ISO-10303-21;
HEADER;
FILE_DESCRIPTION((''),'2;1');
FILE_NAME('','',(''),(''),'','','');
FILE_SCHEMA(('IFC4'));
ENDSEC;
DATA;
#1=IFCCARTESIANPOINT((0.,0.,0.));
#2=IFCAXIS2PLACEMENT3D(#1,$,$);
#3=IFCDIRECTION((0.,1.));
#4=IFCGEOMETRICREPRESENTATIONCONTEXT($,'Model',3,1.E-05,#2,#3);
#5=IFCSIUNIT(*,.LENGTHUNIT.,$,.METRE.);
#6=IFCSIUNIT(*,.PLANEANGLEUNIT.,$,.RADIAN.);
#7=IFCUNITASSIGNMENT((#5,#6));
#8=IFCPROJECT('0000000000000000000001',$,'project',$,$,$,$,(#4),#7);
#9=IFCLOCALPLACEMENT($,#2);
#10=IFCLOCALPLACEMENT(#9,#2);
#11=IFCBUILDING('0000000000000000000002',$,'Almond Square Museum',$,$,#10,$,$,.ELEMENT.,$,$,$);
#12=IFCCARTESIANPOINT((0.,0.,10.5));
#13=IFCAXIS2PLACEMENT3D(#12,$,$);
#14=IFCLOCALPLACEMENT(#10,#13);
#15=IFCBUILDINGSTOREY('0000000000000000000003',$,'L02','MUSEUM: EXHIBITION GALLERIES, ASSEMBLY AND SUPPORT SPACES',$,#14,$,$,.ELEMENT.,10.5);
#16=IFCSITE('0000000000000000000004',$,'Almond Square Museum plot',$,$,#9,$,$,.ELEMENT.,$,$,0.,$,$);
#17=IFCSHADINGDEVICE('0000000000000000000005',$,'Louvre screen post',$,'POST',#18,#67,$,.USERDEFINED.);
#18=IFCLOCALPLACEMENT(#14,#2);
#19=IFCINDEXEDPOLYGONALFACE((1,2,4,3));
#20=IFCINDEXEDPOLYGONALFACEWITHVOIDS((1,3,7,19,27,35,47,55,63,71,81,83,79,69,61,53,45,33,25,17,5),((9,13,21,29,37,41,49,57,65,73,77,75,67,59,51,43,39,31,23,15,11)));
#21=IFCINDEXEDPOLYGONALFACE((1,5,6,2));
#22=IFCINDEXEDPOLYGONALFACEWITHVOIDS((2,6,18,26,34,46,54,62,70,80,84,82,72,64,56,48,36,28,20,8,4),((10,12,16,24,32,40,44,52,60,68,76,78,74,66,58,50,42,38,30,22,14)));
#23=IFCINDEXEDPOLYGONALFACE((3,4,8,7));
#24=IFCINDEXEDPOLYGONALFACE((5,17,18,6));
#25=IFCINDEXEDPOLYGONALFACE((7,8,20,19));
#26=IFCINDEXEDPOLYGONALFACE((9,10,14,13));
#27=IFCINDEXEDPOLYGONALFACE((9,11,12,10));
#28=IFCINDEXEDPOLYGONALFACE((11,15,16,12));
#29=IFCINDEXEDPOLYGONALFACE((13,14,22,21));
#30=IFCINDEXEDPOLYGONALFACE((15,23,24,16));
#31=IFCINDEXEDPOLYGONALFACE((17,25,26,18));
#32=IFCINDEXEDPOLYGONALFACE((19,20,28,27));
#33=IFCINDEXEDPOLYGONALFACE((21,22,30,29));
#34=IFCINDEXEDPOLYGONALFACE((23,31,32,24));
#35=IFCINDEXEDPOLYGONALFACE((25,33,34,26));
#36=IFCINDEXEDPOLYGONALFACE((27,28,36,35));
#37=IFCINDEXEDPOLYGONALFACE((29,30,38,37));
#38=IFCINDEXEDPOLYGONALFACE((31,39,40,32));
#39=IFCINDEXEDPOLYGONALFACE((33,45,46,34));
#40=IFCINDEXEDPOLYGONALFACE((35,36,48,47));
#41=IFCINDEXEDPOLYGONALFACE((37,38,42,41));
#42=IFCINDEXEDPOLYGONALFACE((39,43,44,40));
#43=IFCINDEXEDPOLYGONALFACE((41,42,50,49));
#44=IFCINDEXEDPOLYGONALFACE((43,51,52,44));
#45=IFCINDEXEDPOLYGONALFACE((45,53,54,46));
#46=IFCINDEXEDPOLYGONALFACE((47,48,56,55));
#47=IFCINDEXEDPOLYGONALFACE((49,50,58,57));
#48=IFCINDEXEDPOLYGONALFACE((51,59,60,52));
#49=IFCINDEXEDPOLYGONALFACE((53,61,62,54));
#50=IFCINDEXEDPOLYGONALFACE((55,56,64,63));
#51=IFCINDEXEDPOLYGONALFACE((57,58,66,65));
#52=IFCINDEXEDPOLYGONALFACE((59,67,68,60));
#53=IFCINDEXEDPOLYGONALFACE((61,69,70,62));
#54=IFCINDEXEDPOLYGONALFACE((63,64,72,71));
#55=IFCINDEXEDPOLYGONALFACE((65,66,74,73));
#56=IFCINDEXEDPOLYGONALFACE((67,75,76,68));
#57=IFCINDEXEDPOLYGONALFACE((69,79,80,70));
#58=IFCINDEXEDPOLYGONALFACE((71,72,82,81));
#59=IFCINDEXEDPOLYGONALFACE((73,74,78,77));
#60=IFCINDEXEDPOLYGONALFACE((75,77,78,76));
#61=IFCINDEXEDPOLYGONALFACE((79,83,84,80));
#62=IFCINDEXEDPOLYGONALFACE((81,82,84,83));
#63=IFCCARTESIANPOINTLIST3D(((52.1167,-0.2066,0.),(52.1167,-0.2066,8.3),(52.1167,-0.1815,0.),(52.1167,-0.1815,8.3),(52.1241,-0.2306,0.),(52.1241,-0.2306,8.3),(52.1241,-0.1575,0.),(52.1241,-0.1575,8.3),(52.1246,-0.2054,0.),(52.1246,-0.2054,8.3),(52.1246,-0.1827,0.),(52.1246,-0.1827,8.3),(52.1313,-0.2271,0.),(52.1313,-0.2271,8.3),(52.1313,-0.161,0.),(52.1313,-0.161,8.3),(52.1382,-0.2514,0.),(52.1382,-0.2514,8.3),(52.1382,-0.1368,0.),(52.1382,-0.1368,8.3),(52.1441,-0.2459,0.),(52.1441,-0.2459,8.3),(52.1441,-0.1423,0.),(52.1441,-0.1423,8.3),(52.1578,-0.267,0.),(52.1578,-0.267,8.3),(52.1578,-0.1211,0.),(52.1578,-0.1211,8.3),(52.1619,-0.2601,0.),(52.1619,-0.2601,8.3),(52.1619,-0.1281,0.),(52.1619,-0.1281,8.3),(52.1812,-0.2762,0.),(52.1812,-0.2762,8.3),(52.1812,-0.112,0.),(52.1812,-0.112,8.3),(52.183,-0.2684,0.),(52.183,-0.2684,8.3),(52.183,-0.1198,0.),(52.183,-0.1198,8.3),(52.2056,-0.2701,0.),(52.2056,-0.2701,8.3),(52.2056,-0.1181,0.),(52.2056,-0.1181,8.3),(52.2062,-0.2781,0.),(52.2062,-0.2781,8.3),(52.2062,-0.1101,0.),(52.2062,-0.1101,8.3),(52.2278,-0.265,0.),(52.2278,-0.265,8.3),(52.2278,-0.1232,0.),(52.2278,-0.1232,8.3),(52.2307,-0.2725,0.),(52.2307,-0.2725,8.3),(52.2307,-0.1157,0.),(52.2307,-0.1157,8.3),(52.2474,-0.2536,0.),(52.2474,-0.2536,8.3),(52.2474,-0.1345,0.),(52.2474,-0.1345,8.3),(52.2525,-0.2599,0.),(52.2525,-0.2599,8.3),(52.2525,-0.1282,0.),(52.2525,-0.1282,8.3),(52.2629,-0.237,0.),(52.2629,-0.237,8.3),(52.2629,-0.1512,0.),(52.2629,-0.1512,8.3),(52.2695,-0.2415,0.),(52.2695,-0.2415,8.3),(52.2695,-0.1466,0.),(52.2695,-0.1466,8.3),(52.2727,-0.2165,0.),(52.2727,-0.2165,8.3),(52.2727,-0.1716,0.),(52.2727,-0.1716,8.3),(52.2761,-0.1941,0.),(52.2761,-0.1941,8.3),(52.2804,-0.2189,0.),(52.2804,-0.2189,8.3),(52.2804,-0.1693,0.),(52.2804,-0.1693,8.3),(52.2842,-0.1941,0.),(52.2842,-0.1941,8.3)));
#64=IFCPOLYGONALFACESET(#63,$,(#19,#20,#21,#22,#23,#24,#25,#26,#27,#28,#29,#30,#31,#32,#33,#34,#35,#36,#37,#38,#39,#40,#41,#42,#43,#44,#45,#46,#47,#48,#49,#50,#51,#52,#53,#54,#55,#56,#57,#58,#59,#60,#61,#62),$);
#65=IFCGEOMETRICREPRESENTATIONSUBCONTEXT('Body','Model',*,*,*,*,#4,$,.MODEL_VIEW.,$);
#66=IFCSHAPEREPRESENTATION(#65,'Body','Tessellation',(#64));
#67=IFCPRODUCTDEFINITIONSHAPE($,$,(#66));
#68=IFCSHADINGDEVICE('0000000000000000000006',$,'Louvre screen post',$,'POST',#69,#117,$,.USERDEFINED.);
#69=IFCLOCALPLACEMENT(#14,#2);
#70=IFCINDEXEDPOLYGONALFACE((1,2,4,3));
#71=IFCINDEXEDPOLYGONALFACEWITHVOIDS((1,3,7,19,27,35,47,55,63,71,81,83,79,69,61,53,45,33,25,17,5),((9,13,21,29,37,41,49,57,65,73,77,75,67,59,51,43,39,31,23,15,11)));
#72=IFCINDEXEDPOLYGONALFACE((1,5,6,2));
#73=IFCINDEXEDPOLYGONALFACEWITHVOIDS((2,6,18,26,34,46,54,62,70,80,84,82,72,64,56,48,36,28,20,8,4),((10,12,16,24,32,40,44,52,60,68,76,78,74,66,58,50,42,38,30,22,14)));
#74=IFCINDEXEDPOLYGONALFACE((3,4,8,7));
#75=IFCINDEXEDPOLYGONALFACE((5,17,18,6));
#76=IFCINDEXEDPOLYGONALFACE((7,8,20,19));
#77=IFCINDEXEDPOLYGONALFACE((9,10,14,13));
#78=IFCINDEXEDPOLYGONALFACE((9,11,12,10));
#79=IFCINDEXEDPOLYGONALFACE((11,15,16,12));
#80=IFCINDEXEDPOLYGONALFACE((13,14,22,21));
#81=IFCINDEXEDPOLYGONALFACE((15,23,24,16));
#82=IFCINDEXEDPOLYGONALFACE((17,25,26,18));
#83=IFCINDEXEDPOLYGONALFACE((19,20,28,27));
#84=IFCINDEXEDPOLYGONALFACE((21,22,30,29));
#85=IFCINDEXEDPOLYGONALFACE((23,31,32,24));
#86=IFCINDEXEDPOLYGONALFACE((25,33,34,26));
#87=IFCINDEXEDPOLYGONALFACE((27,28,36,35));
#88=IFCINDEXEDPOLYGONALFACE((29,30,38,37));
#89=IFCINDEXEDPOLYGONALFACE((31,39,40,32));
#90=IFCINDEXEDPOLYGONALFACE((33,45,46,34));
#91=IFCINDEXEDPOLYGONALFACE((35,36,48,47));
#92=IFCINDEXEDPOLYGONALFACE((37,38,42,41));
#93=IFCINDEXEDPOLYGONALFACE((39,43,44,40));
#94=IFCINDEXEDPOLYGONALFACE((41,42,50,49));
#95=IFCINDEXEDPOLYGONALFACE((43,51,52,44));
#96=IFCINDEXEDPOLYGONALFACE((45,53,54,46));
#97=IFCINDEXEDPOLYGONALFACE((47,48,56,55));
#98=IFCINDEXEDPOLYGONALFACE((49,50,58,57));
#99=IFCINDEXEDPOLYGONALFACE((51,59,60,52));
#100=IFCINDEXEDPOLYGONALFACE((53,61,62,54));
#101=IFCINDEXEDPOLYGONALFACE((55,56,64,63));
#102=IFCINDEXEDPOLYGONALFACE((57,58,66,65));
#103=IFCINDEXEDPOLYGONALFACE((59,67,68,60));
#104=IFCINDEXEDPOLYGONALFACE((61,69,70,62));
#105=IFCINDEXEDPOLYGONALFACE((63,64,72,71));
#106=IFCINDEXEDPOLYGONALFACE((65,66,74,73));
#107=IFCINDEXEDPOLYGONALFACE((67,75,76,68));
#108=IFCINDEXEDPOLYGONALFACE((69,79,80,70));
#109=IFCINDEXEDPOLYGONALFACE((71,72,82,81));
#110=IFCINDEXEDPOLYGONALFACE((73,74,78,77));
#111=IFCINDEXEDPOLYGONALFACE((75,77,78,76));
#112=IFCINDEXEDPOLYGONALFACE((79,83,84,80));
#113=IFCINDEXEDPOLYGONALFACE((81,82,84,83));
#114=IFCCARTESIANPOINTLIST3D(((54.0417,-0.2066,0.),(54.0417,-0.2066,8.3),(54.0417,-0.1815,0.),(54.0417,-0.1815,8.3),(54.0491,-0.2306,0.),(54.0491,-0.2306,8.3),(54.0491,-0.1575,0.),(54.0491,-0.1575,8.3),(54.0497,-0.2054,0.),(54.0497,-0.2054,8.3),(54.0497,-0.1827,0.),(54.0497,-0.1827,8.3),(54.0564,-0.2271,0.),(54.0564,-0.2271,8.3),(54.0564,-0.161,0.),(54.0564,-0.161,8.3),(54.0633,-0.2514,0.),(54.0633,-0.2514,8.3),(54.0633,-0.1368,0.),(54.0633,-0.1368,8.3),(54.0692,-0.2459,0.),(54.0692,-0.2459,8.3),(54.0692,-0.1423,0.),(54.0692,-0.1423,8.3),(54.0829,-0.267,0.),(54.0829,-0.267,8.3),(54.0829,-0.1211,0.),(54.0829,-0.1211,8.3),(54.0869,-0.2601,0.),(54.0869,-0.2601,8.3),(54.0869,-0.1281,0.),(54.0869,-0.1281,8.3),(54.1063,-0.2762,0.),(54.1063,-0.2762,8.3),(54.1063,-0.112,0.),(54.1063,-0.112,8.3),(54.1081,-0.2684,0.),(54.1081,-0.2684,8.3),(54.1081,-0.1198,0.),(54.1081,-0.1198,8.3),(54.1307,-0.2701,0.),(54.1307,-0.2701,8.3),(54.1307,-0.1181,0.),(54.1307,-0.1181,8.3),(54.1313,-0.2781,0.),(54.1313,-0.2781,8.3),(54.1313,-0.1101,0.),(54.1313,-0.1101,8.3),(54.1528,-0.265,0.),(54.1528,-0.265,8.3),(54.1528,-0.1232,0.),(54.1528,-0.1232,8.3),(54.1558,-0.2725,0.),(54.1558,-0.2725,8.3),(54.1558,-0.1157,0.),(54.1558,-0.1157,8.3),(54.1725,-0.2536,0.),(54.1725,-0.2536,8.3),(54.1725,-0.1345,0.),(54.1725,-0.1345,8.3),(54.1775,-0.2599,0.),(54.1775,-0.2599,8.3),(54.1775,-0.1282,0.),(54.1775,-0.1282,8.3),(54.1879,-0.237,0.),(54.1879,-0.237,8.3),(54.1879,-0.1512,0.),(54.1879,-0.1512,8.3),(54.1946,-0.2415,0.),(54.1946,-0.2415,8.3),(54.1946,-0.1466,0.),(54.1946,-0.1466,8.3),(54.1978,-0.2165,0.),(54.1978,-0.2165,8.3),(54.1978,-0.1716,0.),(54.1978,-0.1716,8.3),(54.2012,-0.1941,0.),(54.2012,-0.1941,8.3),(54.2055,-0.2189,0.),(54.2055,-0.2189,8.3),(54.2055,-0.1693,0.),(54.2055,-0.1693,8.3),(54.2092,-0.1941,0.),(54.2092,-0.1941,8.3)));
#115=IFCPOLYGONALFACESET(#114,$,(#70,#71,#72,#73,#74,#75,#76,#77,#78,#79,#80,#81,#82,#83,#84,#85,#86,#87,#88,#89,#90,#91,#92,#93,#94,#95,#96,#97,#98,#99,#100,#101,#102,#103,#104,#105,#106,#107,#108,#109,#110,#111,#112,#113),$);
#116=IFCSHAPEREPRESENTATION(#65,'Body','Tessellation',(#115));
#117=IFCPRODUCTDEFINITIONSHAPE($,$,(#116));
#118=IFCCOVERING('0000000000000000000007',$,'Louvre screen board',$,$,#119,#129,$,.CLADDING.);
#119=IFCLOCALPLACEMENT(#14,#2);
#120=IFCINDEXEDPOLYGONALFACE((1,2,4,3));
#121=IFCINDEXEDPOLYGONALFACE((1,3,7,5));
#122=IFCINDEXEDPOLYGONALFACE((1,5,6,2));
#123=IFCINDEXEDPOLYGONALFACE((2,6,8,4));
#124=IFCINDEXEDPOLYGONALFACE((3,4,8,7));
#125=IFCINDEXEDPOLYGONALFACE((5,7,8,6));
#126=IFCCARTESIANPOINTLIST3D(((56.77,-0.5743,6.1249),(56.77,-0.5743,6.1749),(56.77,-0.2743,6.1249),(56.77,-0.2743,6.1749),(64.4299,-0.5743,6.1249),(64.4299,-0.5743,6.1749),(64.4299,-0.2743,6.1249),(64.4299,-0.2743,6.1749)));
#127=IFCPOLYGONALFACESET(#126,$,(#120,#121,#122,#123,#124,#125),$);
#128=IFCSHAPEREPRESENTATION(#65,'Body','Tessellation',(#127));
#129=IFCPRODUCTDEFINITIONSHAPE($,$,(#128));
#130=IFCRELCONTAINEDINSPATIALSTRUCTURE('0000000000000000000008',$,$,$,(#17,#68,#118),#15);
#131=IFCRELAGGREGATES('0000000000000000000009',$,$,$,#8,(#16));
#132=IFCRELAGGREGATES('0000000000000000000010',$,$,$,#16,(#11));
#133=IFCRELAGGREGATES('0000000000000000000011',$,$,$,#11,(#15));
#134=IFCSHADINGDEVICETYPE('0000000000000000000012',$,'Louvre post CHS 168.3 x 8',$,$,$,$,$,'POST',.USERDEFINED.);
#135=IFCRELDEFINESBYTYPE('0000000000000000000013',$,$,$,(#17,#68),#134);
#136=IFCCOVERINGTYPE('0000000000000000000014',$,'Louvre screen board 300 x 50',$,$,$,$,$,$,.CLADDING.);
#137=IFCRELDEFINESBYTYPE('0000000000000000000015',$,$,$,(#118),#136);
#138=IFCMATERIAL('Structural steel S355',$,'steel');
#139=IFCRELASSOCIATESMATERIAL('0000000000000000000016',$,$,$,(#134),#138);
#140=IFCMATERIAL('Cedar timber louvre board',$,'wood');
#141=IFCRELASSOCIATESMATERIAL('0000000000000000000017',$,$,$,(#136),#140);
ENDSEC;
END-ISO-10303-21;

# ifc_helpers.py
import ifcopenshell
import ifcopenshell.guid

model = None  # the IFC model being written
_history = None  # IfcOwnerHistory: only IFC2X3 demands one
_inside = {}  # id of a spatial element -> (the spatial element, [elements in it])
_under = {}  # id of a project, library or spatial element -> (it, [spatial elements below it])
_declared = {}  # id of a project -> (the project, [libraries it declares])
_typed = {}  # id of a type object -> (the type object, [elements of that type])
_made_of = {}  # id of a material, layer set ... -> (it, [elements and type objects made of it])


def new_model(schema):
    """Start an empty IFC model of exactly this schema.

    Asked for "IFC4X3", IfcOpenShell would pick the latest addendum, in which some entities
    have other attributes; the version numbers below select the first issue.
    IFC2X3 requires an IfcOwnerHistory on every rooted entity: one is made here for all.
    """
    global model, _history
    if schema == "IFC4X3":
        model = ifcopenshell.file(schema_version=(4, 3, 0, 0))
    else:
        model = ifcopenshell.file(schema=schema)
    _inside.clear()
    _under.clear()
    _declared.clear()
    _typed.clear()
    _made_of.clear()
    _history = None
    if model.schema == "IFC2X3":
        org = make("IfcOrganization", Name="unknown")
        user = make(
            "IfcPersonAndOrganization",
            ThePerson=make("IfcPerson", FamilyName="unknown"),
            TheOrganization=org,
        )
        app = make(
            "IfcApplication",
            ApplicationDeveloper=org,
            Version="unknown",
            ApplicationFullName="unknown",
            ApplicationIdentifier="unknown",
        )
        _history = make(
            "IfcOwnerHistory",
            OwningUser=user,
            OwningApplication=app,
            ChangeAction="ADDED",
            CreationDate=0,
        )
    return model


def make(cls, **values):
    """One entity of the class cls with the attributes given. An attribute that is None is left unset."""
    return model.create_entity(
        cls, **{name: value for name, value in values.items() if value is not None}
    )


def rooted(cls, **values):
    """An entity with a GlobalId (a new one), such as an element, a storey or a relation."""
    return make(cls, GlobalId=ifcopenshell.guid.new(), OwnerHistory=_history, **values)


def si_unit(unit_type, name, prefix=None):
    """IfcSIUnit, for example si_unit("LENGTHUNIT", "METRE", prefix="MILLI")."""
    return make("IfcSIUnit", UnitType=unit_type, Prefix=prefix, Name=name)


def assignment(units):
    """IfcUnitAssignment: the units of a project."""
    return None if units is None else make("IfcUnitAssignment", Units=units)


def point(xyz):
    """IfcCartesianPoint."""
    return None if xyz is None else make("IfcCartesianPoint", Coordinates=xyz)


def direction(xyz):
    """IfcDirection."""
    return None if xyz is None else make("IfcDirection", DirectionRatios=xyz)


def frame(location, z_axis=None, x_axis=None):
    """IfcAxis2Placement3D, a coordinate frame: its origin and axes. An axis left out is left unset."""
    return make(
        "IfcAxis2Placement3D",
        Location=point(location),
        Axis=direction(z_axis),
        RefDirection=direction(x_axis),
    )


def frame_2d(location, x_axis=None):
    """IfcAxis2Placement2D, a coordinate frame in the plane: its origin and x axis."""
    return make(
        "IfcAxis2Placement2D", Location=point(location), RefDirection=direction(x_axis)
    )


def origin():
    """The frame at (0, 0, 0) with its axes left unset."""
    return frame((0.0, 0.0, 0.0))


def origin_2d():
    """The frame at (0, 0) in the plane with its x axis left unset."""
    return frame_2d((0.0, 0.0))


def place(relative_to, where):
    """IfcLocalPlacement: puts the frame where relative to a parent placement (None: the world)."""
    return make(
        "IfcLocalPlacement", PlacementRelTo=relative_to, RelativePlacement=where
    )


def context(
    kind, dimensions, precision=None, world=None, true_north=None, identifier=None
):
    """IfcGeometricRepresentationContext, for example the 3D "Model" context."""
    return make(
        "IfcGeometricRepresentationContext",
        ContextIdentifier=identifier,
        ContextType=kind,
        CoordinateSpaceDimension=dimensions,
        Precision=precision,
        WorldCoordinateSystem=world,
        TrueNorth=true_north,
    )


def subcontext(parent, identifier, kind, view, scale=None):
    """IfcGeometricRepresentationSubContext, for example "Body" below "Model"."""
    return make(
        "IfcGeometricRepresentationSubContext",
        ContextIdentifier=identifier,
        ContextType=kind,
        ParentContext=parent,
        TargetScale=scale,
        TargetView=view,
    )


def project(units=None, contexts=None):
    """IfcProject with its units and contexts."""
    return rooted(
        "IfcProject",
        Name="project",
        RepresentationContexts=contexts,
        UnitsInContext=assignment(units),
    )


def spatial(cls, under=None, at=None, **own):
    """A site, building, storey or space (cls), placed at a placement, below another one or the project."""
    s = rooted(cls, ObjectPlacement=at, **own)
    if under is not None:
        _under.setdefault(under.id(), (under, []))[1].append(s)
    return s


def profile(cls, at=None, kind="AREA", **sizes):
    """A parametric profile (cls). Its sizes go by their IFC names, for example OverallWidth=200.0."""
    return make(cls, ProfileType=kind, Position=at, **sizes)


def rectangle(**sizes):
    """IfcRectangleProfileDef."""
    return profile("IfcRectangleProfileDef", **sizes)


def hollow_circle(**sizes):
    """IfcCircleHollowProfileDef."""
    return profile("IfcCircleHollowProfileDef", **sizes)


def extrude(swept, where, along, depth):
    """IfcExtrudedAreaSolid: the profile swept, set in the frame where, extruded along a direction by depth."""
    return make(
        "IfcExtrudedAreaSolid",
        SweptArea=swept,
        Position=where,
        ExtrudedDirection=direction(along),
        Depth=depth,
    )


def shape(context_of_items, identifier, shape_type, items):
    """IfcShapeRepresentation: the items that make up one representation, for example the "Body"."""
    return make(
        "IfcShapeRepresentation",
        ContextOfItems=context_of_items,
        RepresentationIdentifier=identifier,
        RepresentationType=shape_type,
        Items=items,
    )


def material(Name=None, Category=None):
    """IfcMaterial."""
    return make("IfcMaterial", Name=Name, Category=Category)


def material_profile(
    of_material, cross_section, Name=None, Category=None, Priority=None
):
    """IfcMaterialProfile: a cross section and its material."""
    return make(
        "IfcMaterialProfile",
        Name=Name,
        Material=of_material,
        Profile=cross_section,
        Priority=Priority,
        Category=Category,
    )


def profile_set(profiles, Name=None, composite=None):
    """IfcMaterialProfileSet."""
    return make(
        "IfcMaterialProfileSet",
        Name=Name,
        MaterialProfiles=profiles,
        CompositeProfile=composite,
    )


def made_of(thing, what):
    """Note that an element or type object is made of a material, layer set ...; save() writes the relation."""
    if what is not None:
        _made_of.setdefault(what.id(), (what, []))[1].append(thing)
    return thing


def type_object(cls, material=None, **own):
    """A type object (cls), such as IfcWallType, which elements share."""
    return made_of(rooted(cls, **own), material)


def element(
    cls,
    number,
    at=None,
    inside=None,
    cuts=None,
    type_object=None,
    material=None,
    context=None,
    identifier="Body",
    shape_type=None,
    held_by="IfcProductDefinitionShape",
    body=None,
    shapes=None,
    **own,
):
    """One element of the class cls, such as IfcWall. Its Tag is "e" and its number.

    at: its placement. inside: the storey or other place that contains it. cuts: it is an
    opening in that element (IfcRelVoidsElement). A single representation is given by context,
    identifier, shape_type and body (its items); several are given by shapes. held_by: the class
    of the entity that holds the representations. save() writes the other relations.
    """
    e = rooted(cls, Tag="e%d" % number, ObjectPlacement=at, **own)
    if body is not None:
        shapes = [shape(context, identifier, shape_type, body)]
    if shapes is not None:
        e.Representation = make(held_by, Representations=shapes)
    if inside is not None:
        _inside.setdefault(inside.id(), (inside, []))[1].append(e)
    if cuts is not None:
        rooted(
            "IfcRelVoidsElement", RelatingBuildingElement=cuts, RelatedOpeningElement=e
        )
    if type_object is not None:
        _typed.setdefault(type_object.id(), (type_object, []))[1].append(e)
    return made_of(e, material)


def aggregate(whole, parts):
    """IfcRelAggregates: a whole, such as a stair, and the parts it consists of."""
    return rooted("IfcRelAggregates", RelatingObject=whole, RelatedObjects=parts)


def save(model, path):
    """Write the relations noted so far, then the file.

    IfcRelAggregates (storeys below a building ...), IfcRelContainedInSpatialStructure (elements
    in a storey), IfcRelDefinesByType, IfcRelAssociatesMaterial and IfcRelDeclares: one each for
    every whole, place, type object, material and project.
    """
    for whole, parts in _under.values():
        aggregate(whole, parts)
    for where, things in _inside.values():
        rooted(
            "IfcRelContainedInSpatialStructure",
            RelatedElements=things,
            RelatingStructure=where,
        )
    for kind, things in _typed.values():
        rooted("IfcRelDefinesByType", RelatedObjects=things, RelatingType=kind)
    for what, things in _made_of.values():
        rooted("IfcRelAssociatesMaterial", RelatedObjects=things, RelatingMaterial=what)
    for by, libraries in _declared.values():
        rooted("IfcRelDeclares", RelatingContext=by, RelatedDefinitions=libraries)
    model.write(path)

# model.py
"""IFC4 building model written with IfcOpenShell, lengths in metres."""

from ifc_helpers import new_model, si_unit, direction, frame, origin, origin_2d, place, context, subcontext, project, spatial, rectangle, hollow_circle, extrude, material, material_profile, profile_set, type_object, element, save


model = new_model("IFC4")

# Units and contexts
model_context = context("Model", 3, precision=1e-05, world=origin(), true_north=direction((0.0, 1.0)))
body_context = subcontext(model_context, "Body", "Model", "MODEL_VIEW")
ifc_project = project(units=[si_unit("LENGTHUNIT", "METRE"), si_unit("PLANEANGLEUNIT", "RADIAN")], contexts=[model_context])

# Site, building, storey
site_placement = place(None, origin())
site = spatial("IfcSite", under=ifc_project, at=site_placement, Name="Almond Square Museum plot", CompositionType="ELEMENT", RefElevation=0.0)
building_placement = place(site_placement, origin())
building = spatial("IfcBuilding", under=site, at=building_placement, Name="Almond Square Museum", CompositionType="ELEMENT")
storey_placement = place(building_placement, frame((0.0, 0.0, 10.5)))
storey = spatial("IfcBuildingStorey", under=building, at=storey_placement, Name="L02", Description="MUSEUM: EXHIBITION GALLERIES, ASSEMBLY AND SUPPORT SPACES", CompositionType="ELEMENT", Elevation=10.5)

# Shading devices
ifc_material_1 = material(Name="Structural steel S355", Category="steel")
ifc_material_profile_1 = material_profile(ifc_material_1, hollow_circle(Radius=0.0842, WallThickness=0.0081, at=origin_2d()))
ifc_profile_set_1 = profile_set([ifc_material_profile_1], Name="Structural steel S355")
shading_device_type = type_object("IfcShadingDeviceType", Name="Louvre post CHS 168.3 x 8", ElementType="POST", PredefinedType="USERDEFINED", material=ifc_profile_set_1)
for number, where, z_axis, x_axis, name in (
    (1, (52.2, -0.1941, 0.0), (0.0, 0.0, 1.0), (1.0, 0.0, 0.0), "Louvre screen post"),
    (2, (54.125, -0.1941, 0.0), (0.0, 0.0, 1.0), (1.0, 0.0, 0.0), "Louvre screen post"),
):
    element("IfcShadingDevice", number, at=place(storey_placement, frame(where, z_axis=z_axis, x_axis=x_axis)), inside=storey, type_object=shading_device_type, Name=name, ObjectType="POST", PredefinedType="USERDEFINED", context=body_context, shape_type="SweptSolid", body=[
        extrude(hollow_circle(Radius=0.0842, WallThickness=0.0081, at=origin_2d()), origin(), (0.0, 0.0, 1.0), 8.3),
    ])

# Covering
ifc_material_2 = material(Name="Cedar timber louvre board", Category="wood")
ifc_material_profile_2 = material_profile(ifc_material_2, rectangle(XDim=0.3, YDim=0.05, at=origin_2d()))
ifc_profile_set_2 = profile_set([ifc_material_profile_2], Name="Cedar timber louvre board")
covering_type = type_object("IfcCoveringType", Name="Louvre screen board 300 x 50", PredefinedType="CLADDING", material=ifc_profile_set_2)
covering_placement = place(storey_placement, frame((56.77, -0.4243, 6.1499), z_axis=(1.0, 0.0, 0.0), x_axis=(0.0, 1.0, 0.0)))
element("IfcCovering", 3, at=covering_placement, inside=storey, type_object=covering_type, Name="Louvre screen board", PredefinedType="CLADDING", context=body_context, shape_type="SweptSolid", body=[
    extrude(rectangle(XDim=0.3, YDim=0.05, at=origin_2d()), origin(), (0.0, 0.0, 1.0), 7.6599),
])

save(model, "model.ifc")
